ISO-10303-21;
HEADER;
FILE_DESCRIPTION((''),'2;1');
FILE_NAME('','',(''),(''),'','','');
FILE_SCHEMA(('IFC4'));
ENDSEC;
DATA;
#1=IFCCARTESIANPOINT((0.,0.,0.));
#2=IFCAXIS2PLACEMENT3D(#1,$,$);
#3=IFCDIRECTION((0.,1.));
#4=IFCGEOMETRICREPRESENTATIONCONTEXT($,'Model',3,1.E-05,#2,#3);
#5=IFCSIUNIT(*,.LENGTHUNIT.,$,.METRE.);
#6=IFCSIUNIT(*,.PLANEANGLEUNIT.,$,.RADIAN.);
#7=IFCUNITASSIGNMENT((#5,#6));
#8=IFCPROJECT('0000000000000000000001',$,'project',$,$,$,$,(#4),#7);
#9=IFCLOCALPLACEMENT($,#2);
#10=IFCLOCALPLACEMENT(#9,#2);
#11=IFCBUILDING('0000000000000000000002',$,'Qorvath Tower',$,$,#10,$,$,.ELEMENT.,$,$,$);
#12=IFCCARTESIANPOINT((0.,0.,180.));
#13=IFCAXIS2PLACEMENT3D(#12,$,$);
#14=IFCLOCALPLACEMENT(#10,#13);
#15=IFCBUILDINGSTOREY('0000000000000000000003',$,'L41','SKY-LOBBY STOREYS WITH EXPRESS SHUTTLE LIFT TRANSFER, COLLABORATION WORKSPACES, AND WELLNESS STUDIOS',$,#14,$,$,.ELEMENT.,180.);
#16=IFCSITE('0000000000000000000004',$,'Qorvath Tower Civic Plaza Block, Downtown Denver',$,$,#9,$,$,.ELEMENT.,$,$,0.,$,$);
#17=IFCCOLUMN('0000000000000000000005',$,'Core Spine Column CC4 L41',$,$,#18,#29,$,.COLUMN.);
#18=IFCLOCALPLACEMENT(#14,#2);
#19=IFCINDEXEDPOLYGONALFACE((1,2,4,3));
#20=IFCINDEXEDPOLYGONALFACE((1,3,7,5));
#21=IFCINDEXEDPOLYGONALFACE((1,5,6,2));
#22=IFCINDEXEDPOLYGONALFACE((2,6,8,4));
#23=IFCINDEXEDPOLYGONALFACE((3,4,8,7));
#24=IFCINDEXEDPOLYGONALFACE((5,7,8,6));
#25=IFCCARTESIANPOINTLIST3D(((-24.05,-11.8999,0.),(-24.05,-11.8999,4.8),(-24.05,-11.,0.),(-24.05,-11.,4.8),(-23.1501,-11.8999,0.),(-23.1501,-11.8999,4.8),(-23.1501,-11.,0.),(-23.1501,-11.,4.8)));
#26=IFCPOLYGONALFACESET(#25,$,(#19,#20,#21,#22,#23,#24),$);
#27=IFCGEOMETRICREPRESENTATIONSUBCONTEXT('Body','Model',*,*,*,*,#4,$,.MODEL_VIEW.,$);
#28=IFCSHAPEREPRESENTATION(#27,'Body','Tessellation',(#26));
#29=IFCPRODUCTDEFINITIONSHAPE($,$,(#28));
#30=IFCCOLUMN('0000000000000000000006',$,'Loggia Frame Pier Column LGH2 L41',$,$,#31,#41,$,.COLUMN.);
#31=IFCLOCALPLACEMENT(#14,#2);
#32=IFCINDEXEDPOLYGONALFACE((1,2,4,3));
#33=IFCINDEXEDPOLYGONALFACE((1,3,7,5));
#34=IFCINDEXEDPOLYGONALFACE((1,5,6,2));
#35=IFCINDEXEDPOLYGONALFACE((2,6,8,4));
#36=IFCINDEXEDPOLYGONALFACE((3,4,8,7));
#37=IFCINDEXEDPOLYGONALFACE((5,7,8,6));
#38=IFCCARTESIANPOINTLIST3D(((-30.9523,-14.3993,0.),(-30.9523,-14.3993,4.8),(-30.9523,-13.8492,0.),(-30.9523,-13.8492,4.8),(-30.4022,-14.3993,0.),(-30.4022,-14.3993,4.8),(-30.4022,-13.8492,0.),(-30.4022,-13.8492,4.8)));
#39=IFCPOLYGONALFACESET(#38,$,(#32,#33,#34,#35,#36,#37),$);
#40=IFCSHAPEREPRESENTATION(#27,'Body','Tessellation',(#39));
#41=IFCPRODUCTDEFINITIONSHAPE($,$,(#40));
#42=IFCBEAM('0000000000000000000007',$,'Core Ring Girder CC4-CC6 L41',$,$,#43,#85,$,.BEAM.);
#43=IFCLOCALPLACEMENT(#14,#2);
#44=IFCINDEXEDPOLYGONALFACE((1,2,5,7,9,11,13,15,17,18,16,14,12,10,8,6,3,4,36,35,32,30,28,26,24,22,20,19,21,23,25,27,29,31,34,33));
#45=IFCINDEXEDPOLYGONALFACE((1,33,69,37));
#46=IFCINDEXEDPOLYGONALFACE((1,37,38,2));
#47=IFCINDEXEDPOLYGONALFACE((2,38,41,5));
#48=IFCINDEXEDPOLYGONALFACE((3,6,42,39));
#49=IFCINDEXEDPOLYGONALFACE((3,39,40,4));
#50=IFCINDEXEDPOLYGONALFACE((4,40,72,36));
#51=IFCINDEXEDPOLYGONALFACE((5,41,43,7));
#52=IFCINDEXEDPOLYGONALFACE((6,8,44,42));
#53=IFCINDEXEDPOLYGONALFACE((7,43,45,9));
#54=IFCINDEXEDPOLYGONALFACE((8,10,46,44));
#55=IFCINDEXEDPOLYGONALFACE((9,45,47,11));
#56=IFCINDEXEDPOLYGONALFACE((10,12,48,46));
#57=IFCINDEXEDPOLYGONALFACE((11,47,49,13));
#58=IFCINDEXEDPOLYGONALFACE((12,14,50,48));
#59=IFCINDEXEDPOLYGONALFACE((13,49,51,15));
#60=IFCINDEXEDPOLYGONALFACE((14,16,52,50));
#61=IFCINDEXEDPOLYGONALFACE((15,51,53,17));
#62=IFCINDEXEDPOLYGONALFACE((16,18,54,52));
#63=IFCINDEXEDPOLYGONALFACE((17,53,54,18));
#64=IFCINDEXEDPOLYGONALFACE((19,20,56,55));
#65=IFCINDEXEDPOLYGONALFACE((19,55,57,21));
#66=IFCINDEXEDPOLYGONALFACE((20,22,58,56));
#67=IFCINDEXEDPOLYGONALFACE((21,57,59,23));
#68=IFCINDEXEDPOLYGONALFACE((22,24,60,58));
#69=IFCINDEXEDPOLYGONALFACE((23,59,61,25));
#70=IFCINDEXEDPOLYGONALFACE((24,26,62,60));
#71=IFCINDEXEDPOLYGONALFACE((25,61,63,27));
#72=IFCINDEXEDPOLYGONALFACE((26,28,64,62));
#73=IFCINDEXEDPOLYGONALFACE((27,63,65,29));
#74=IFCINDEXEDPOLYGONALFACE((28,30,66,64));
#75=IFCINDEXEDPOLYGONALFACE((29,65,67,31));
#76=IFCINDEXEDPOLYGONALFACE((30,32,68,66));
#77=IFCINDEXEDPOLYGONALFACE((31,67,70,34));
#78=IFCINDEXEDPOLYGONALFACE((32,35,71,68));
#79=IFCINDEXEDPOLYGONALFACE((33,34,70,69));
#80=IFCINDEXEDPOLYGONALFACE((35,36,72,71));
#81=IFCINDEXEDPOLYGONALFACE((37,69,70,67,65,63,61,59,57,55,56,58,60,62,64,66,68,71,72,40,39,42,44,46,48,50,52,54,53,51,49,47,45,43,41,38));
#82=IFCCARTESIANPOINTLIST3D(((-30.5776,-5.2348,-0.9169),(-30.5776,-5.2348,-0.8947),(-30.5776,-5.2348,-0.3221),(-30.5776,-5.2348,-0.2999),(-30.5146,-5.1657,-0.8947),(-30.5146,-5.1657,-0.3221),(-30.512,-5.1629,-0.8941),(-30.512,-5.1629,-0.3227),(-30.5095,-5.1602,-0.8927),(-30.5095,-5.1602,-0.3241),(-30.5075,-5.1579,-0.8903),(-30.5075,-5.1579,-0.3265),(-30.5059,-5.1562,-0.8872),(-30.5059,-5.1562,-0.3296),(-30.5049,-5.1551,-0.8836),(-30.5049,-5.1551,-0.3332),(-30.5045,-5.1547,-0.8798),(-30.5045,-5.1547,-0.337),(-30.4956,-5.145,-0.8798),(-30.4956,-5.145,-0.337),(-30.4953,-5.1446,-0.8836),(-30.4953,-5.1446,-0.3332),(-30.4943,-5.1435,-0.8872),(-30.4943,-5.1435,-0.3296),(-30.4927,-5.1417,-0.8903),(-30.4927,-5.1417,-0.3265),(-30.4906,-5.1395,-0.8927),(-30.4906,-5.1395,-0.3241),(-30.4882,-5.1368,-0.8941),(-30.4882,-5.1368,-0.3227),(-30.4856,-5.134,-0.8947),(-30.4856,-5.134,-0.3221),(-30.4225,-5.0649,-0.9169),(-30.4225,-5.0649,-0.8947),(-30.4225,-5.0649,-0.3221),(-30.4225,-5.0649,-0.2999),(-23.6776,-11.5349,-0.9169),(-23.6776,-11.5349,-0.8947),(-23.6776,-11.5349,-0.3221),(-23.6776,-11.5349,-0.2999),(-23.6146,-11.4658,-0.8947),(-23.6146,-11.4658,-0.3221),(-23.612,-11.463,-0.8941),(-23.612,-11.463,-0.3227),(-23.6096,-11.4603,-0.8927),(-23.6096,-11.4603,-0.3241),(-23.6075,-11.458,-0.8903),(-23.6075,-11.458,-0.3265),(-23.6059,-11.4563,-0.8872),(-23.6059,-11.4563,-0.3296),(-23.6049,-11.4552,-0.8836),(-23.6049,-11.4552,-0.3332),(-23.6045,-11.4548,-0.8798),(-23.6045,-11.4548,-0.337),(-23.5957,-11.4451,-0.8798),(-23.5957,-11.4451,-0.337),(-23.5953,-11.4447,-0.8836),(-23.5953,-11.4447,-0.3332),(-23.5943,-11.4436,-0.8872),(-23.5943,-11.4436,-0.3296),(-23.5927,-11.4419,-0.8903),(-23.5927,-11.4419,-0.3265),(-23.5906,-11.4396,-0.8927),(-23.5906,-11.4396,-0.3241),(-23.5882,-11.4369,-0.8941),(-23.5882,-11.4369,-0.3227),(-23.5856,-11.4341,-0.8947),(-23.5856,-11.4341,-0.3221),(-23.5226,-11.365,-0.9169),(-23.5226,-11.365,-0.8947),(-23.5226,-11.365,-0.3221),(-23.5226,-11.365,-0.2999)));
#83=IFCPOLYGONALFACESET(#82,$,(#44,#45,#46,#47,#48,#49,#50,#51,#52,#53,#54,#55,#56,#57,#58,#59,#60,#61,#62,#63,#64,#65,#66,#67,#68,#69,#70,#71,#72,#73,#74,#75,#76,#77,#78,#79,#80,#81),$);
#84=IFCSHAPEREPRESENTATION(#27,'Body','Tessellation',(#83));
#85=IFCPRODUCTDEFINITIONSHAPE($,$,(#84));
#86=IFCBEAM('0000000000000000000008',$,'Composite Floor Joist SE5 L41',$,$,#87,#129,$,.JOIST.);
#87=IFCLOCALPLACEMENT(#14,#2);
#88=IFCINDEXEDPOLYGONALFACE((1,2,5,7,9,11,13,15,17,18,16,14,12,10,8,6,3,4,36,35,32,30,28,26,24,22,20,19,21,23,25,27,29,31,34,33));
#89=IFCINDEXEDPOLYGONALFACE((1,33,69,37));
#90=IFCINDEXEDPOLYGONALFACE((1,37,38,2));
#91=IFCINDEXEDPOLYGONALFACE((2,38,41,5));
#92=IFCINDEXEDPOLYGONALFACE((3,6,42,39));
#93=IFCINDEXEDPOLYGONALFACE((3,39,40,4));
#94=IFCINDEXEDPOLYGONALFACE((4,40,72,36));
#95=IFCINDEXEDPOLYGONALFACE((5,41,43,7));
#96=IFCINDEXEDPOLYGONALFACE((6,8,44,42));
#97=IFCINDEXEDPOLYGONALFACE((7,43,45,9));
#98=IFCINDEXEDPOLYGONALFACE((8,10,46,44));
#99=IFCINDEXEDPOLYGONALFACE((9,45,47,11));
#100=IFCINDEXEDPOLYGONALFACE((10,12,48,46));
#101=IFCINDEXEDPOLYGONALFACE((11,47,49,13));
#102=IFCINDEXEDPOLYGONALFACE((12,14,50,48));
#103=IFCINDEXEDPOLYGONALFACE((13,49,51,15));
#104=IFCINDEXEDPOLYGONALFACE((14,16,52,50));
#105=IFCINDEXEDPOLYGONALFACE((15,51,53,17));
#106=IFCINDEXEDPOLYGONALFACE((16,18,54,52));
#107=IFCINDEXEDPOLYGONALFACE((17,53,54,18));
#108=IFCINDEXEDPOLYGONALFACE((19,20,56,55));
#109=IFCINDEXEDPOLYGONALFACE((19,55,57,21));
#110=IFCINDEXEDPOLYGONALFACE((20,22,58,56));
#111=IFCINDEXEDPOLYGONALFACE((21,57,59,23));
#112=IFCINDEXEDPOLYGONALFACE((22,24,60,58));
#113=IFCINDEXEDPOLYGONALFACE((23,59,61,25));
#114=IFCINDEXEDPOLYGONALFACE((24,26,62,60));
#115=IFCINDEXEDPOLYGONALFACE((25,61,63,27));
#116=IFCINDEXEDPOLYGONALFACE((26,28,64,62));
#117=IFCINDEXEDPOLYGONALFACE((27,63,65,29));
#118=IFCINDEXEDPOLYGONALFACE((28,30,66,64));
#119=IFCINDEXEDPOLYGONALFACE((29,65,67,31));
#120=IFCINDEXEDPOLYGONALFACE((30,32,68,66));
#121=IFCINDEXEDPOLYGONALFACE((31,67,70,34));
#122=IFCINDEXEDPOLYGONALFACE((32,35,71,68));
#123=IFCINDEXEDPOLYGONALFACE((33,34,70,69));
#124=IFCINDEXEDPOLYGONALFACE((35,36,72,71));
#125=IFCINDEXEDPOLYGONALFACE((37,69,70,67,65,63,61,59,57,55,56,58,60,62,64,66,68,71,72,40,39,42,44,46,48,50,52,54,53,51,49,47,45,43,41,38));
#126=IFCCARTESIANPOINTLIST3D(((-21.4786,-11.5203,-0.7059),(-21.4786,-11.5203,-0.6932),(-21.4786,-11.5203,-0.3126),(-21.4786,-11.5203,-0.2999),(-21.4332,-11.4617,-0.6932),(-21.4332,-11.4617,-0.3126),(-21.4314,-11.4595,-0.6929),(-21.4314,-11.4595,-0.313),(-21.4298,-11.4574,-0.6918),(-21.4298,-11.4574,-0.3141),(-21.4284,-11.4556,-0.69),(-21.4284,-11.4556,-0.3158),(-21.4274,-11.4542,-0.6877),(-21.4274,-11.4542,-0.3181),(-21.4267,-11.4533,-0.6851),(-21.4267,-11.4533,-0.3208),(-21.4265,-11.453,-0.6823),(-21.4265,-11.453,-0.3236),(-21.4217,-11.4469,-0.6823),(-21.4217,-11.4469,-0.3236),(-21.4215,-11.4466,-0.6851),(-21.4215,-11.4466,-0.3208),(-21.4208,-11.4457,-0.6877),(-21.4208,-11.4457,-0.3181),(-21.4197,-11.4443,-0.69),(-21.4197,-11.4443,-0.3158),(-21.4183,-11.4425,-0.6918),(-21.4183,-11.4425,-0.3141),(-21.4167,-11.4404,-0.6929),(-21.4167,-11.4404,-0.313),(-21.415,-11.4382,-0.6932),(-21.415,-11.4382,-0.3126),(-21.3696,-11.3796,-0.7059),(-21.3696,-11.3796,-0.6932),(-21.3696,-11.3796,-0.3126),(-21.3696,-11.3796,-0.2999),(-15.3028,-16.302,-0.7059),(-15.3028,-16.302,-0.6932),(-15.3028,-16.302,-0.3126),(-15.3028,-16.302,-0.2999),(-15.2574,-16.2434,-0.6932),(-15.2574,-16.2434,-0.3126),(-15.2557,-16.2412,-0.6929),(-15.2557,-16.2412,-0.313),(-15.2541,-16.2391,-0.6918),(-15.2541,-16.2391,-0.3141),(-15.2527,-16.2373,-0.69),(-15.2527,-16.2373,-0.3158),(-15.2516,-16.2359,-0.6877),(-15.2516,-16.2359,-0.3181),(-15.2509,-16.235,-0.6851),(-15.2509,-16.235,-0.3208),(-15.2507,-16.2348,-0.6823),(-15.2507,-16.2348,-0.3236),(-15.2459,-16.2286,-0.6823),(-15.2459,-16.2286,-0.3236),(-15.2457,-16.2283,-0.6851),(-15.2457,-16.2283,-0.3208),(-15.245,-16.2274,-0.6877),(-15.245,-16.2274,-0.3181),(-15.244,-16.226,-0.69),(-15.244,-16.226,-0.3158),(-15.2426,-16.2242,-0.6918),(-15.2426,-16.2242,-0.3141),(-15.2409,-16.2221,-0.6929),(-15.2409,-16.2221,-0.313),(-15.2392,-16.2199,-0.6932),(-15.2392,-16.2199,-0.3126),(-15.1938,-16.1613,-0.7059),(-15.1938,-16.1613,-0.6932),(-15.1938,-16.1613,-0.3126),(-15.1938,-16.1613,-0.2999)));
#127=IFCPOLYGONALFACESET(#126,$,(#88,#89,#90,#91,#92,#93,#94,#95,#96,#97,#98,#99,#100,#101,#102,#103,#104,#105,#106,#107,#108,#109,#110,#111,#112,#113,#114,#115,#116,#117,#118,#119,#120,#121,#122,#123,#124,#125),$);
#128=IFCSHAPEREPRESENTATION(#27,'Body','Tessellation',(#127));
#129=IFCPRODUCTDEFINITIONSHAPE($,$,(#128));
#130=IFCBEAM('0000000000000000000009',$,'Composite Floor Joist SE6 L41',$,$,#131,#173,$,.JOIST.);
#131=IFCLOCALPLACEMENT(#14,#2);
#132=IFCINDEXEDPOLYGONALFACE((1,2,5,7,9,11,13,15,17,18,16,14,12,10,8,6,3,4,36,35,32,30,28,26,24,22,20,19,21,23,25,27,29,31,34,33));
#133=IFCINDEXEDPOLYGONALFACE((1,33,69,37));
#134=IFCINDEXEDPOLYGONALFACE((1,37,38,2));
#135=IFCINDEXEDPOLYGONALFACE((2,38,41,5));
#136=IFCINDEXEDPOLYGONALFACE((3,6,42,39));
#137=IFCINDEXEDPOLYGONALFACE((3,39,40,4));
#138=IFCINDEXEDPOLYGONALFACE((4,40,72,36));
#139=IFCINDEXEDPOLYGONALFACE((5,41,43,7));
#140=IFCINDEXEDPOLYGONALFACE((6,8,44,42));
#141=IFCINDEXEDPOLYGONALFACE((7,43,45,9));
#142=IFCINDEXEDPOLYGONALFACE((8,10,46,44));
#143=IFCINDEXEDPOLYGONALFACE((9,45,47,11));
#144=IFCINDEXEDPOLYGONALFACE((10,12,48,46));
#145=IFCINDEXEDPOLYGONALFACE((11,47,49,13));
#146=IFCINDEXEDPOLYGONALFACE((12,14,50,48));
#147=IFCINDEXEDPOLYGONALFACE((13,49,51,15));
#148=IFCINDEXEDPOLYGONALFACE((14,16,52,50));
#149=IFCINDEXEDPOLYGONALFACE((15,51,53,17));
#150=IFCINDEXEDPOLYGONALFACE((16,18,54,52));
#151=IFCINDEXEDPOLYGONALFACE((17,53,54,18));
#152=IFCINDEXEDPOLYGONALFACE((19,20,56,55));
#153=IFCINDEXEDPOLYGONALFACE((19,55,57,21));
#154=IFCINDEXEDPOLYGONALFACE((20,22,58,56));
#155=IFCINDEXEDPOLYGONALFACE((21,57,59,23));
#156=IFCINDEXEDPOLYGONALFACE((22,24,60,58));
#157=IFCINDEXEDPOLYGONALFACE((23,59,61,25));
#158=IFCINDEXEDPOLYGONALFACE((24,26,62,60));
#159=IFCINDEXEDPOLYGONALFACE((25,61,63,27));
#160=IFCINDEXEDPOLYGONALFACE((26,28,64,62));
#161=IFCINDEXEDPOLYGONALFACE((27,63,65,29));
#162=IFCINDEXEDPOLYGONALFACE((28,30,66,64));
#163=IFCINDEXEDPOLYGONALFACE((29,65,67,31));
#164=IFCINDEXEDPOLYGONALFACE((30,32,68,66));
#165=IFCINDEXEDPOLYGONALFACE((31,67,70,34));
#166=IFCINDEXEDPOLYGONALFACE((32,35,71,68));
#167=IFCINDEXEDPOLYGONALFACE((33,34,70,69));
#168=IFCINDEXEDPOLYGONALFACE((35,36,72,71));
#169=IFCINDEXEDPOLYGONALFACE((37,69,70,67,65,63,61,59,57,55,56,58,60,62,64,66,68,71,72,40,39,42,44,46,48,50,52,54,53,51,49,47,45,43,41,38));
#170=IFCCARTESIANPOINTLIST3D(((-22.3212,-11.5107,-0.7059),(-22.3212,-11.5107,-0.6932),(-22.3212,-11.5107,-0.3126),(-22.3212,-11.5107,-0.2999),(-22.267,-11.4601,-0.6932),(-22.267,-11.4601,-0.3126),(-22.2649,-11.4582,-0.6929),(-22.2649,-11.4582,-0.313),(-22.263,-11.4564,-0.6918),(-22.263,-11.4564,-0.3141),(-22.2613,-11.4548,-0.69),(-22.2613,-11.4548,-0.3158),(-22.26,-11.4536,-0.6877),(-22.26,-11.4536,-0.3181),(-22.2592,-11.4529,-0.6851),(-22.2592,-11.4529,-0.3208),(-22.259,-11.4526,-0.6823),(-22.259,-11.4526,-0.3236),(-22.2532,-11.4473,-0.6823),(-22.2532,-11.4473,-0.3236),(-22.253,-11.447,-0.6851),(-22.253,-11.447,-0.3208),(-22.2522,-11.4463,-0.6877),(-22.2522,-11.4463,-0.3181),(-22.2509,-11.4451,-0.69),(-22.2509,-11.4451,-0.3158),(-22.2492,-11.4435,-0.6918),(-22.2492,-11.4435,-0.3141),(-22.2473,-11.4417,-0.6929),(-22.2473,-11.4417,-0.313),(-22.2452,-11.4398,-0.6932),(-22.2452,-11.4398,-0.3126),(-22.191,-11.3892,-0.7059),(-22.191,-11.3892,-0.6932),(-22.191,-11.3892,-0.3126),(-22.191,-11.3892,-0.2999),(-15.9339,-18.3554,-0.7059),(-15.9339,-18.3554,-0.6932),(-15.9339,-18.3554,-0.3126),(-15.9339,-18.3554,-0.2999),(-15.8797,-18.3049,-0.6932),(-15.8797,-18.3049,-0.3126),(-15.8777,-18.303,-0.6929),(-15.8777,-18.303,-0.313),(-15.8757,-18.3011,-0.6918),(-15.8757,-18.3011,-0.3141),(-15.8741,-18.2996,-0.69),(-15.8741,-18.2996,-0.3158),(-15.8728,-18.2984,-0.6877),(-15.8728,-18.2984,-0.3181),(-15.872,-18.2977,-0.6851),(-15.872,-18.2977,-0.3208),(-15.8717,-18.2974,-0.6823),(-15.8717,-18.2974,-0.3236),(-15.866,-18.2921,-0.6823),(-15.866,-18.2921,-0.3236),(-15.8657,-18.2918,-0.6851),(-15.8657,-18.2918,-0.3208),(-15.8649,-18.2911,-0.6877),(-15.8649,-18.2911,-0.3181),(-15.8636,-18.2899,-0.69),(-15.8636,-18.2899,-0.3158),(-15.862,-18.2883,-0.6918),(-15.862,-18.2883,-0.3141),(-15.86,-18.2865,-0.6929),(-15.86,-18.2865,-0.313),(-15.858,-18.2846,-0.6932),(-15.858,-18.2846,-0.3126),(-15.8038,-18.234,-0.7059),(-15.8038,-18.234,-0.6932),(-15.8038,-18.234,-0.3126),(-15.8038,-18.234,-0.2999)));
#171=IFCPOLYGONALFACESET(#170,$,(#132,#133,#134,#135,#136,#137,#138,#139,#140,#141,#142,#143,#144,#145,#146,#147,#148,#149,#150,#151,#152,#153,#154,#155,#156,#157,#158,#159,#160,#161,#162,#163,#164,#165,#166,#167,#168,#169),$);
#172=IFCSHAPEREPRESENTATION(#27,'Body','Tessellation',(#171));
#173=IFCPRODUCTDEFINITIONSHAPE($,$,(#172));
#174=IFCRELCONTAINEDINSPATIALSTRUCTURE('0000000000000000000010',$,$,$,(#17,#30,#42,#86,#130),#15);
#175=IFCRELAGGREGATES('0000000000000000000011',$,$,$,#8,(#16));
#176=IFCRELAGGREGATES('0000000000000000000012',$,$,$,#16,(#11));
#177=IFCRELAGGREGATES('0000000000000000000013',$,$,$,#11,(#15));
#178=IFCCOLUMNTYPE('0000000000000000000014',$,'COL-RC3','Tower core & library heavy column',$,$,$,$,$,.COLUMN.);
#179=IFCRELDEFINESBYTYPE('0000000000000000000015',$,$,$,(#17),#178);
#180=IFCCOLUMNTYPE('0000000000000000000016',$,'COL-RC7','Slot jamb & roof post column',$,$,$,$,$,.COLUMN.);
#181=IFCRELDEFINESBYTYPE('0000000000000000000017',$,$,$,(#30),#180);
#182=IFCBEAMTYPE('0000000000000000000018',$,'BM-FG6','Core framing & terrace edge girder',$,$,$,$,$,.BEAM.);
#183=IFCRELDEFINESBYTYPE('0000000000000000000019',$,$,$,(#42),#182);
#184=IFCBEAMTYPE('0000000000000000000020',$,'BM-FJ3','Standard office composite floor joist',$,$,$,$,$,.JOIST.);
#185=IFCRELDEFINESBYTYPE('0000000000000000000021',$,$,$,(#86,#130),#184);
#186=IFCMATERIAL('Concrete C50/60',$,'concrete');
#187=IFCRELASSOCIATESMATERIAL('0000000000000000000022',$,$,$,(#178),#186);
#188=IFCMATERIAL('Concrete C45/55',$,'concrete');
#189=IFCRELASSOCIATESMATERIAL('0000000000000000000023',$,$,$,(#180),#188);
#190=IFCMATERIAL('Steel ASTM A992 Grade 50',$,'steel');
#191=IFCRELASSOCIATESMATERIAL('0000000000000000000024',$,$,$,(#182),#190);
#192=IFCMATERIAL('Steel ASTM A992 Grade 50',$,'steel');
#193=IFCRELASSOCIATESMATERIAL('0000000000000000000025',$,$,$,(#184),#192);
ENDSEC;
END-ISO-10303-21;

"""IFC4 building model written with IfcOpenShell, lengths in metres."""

from ifc_helpers import new_model, si_unit, direction, frame, origin, origin_2d, place, context, subcontext, project, spatial, rectangle, i_section, extrude, material, material_profile, profile_set, type_object, element, save


model = new_model("IFC4")

# Units and contexts
model_context = context("Model", 3, precision=1e-05, world=origin(), true_north=direction((0.0, 1.0)))
body_context = subcontext(model_context, "Body", "Model", "MODEL_VIEW")
ifc_project = project(units=[si_unit("LENGTHUNIT", "METRE"), si_unit("PLANEANGLEUNIT", "RADIAN")], contexts=[model_context])

# Site, building, storey
site_placement = place(None, origin())
site = spatial("IfcSite", under=ifc_project, at=site_placement, Name="Qorvath Tower Civic Plaza Block, Downtown Denver", CompositionType="ELEMENT", RefElevation=0.0)
building_placement = place(site_placement, origin())
building = spatial("IfcBuilding", under=site, at=building_placement, Name="Qorvath Tower", CompositionType="ELEMENT")
storey_placement = place(building_placement, frame((0.0, 0.0, 180.0)))
storey = spatial("IfcBuildingStorey", under=building, at=storey_placement, Name="L41", Description="SKY-LOBBY STOREYS WITH EXPRESS SHUTTLE LIFT TRANSFER, COLLABORATION WORKSPACES, AND WELLNESS STUDIOS", CompositionType="ELEMENT", Elevation=180.0)

# Columns
ifc_material_1 = material(Name="Concrete C50/60", Category="concrete")
ifc_material_profile_1 = material_profile(ifc_material_1, rectangle(XDim=0.8999, YDim=0.8999, at=origin_2d()), Name="RC 900x900")
ifc_profile_set_1 = profile_set([ifc_material_profile_1], Name="Concrete C50/60")
column_type_1 = type_object("IfcColumnType", Name="COL-RC3", Description="Tower core & library heavy column", PredefinedType="COLUMN", material=ifc_profile_set_1)
column_1_placement = place(storey_placement, frame((-23.6001, -11.45, 0.0), z_axis=(0.0, 0.0, 1.0), x_axis=(1.0, 0.0, 0.0)))
element("IfcColumn", 1, at=column_1_placement, inside=storey, type_object=column_type_1, Name="Core Spine Column CC4 L41", PredefinedType="COLUMN", context=body_context, shape_type="SweptSolid", body=[
    extrude(rectangle(XDim=0.8999, YDim=0.8999, at=origin_2d()), origin(), (0.0, 0.0, 1.0), 4.8),
])
ifc_material_2 = material(Name="Concrete C45/55", Category="concrete")
ifc_material_profile_2 = material_profile(ifc_material_2, rectangle(XDim=0.55, YDim=0.55, at=origin_2d()), Name="RC 550x550")
ifc_profile_set_2 = profile_set([ifc_material_profile_2], Name="Concrete C45/55")
column_type_2 = type_object("IfcColumnType", Name="COL-RC7", Description="Slot jamb & roof post column", PredefinedType="COLUMN", material=ifc_profile_set_2)
column_2_placement = place(storey_placement, frame((-30.6772, -14.1243, 0.0), z_axis=(0.0, 0.0, 1.0), x_axis=(1.0, 0.0, 0.0)))
element("IfcColumn", 2, at=column_2_placement, inside=storey, type_object=column_type_2, Name="Loggia Frame Pier Column LGH2 L41", PredefinedType="COLUMN", context=body_context, shape_type="SweptSolid", body=[
    extrude(rectangle(XDim=0.55, YDim=0.55, at=origin_2d()), origin(), (0.0, 0.0, 1.0), 4.8),
])

# Beams
ifc_material_3 = material(Name="Steel ASTM A992 Grade 50", Category="steel")
ifc_material_profile_3 = material_profile(ifc_material_3, i_section(OverallWidth=0.23, OverallDepth=0.6169, WebThickness=0.0132, FlangeThickness=0.0222, FilletRadius=0.0149, at=origin_2d()), Name="W24x94")
ifc_profile_set_3 = profile_set([ifc_material_profile_3], Name="Steel ASTM A992 Grade 50")
beam_type_1 = type_object("IfcBeamType", Name="BM-FG6", Description="Core framing & terrace edge girder", PredefinedType="BEAM", material=ifc_profile_set_3)
beam_1_placement = place(storey_placement, frame((-23.6001, -11.45, -0.6084), z_axis=(-0.738478, 0.674277, 0.0), x_axis=(-0.674277, -0.738478, 0.0)))
element("IfcBeam", 3, at=beam_1_placement, inside=storey, type_object=beam_type_1, Name="Core Ring Girder CC4-CC6 L41", PredefinedType="BEAM", context=body_context, shape_type="SweptSolid", body=[
    extrude(i_section(OverallWidth=0.23, OverallDepth=0.6169, WebThickness=0.0132, FlangeThickness=0.0222, FilletRadius=0.0149, at=origin_2d()), origin(), (0.0, 0.0, 1.0), 9.3435),
])
ifc_material_4 = material(Name="Steel ASTM A992 Grade 50", Category="steel")
ifc_material_profile_4 = material_profile(ifc_material_4, i_section(OverallWidth=0.178, OverallDepth=0.406, WebThickness=0.0078, FlangeThickness=0.0127, FilletRadius=0.011, at=origin_2d()), Name="W16x40")
ifc_profile_set_4 = profile_set([ifc_material_profile_4], Name="Steel ASTM A992 Grade 50")
beam_type_2 = type_object("IfcBeamType", Name="BM-FJ3", Description="Standard office composite floor joist", PredefinedType="JOIST", material=ifc_profile_set_4)
beam_2_placement = place(storey_placement, frame((-21.4241, -11.45, -0.5029), z_axis=(0.790693, -0.612212, 0.0), x_axis=(0.612212, 0.790693, 0.0)))
element("IfcBeam", 4, at=beam_2_placement, inside=storey, type_object=beam_type_2, Name="Composite Floor Joist SE5 L41", PredefinedType="JOIST", context=body_context, shape_type="SweptSolid", body=[
    extrude(i_section(OverallWidth=0.178, OverallDepth=0.406, WebThickness=0.0078, FlangeThickness=0.0127, FilletRadius=0.011, at=origin_2d()), origin(), (0.0, 0.0, 1.0), 7.8105),
])
beam_3_placement = place(storey_placement, frame((-22.2561, -11.45, -0.5029), z_axis=(0.682249, -0.731119, 0.0), x_axis=(0.731119, 0.682249, 0.0)))
element("IfcBeam", 5, at=beam_3_placement, inside=storey, type_object=beam_type_2, Name="Composite Floor Joist SE6 L41", PredefinedType="JOIST", context=body_context, shape_type="SweptSolid", body=[
    extrude(i_section(OverallWidth=0.178, OverallDepth=0.406, WebThickness=0.0078, FlangeThickness=0.0127, FilletRadius=0.011, at=origin_2d()), origin(), (0.0, 0.0, 1.0), 9.3621),
])

save(model, "model.ifc")
